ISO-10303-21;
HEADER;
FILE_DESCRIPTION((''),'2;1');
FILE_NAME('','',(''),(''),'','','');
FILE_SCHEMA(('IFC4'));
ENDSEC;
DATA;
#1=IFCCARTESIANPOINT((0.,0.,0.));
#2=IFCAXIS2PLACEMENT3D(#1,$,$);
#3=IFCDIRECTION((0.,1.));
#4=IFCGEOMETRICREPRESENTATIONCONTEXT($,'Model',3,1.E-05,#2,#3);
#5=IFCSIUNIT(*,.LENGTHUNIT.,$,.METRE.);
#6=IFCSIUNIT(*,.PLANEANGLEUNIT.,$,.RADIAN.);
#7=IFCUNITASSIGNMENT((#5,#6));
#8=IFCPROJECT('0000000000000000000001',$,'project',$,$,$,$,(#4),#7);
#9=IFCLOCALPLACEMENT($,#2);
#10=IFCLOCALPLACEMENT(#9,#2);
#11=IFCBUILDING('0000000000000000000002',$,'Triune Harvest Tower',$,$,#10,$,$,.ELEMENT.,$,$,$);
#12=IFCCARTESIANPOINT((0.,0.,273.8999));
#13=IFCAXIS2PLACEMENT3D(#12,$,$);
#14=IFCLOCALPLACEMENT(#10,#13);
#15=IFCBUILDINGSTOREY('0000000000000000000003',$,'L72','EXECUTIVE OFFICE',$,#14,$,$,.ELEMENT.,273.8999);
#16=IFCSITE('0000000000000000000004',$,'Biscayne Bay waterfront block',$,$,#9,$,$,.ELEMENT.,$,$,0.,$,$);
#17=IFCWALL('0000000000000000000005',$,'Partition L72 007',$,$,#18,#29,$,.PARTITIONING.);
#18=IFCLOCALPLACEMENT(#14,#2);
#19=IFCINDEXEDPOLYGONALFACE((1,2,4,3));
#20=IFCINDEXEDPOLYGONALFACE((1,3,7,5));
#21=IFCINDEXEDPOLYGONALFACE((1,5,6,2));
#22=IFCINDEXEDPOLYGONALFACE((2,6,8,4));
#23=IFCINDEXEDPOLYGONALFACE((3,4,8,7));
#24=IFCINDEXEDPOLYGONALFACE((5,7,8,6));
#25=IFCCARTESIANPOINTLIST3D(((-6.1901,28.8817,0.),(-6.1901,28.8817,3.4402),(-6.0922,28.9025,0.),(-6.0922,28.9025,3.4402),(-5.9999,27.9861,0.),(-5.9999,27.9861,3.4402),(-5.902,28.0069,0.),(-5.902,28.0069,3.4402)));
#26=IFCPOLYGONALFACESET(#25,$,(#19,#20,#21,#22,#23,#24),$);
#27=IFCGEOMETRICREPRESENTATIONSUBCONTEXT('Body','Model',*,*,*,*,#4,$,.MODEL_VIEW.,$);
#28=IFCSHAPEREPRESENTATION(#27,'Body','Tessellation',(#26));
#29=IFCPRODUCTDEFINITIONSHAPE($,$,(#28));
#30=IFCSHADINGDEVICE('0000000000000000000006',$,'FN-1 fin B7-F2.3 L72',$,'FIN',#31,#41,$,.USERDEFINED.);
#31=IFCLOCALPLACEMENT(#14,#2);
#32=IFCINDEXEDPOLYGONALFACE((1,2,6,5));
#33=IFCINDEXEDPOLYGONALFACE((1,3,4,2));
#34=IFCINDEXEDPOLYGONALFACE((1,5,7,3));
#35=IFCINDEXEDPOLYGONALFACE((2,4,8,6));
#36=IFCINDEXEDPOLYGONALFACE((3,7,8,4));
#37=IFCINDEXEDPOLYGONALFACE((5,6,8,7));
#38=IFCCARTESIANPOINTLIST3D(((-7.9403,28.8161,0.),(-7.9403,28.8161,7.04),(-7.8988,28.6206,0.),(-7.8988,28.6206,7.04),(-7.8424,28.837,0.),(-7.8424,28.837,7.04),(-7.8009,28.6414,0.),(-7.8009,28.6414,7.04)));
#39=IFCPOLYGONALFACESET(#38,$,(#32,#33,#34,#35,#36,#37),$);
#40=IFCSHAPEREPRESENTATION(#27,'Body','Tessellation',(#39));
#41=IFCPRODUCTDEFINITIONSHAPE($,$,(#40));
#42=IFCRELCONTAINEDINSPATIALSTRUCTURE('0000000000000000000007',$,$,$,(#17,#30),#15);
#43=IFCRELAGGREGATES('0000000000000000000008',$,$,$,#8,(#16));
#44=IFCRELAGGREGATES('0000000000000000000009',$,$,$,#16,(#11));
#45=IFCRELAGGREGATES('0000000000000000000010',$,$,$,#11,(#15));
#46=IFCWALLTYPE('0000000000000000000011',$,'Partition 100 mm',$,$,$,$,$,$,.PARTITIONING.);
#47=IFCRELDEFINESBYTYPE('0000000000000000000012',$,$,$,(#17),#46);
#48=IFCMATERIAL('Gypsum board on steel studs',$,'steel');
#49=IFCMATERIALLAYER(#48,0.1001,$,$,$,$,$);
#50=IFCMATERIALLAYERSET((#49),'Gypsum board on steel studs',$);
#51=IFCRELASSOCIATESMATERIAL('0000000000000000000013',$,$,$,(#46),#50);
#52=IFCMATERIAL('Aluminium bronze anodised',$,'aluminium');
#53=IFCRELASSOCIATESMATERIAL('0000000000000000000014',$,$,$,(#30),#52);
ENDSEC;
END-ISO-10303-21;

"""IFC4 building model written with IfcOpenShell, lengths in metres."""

from ifc_helpers import new_model, si_unit, direction, frame, frame_2d, origin, origin_2d, place, context, subcontext, project, spatial, rectangle, extrude, source, transform, mapped, material, layer, layer_set, type_object, element, save


model = new_model("IFC4")

# Units and contexts
model_context = context("Model", 3, precision=1e-05, world=origin(), true_north=direction((0.0, 1.0)))
body_context = subcontext(model_context, "Body", "Model", "MODEL_VIEW")
ifc_project = project(units=[si_unit("LENGTHUNIT", "METRE"), si_unit("PLANEANGLEUNIT", "RADIAN")], contexts=[model_context])

# Site, building, storey
site_placement = place(None, origin())
site = spatial("IfcSite", under=ifc_project, at=site_placement, Name="Biscayne Bay waterfront block", CompositionType="ELEMENT", RefElevation=0.0)
building_placement = place(site_placement, origin())
building = spatial("IfcBuilding", under=site, at=building_placement, Name="Triune Harvest Tower", CompositionType="ELEMENT")
storey_placement = place(building_placement, frame((0.0, 0.0, 273.8999)))
storey = spatial("IfcBuildingStorey", under=building, at=storey_placement, Name="L72", Description="EXECUTIVE OFFICE", CompositionType="ELEMENT", Elevation=273.8999)

# Wall
ifc_material_1 = material(Name="Gypsum board on steel studs", Category="steel")
ifc_layer_1 = layer(ifc_material_1, 0.1001)
ifc_layer_set_1 = layer_set([ifc_layer_1], Name="Gypsum board on steel studs")
wall_type = type_object("IfcWallType", Name="Partition 100 mm", PredefinedType="PARTITIONING", material=ifc_layer_set_1)
shared_shape_1 = source(origin(), body_context, "Body", "SweptSolid", [
    extrude(rectangle(XDim=0.9155, YDim=0.1001, at=frame_2d((0.4578, 0.0))), origin(), (0.0, 0.0, 1.0), 3.4402),
])
wall_1_placement = place(storey_placement, frame((-6.1411, 28.8921, 0.0), z_axis=(0.0, 0.0, 1.0), x_axis=(0.207744, -0.978183, 0.0)))
element("IfcWall", 1, at=wall_1_placement, inside=storey, type_object=wall_type, Name="Partition L72 007", PredefinedType="PARTITIONING", context=body_context, shape_type="MappedRepresentation", body=[
    mapped(shared_shape_1, transform((0.0, 0.0, 0.0), scale=1.0)),
])

# Shading device
ifc_material_2 = material(Name="Aluminium bronze anodised", Category="aluminium")
shared_shape_2 = source(origin(), body_context, "Body", "SweptSolid", [
    extrude(rectangle(XDim=0.1001, YDim=0.2, at=origin_2d()), origin(), (0.0, 0.0, 1.0), 7.04),
])
shading_device_placement = place(storey_placement, frame((-7.8706, 28.7288, 0.0), z_axis=(0.0, 0.0, 1.0), x_axis=(-0.978149, -0.207905, 0.0)))
element("IfcShadingDevice", 2, at=shading_device_placement, inside=storey, material=ifc_material_2, Name="FN-1 fin B7-F2.3 L72", ObjectType="FIN", PredefinedType="USERDEFINED", context=body_context, shape_type="MappedRepresentation", body=[
    mapped(shared_shape_2, transform((0.0, 0.0, 0.0), scale=1.0)),
])

save(model, "model.ifc")
